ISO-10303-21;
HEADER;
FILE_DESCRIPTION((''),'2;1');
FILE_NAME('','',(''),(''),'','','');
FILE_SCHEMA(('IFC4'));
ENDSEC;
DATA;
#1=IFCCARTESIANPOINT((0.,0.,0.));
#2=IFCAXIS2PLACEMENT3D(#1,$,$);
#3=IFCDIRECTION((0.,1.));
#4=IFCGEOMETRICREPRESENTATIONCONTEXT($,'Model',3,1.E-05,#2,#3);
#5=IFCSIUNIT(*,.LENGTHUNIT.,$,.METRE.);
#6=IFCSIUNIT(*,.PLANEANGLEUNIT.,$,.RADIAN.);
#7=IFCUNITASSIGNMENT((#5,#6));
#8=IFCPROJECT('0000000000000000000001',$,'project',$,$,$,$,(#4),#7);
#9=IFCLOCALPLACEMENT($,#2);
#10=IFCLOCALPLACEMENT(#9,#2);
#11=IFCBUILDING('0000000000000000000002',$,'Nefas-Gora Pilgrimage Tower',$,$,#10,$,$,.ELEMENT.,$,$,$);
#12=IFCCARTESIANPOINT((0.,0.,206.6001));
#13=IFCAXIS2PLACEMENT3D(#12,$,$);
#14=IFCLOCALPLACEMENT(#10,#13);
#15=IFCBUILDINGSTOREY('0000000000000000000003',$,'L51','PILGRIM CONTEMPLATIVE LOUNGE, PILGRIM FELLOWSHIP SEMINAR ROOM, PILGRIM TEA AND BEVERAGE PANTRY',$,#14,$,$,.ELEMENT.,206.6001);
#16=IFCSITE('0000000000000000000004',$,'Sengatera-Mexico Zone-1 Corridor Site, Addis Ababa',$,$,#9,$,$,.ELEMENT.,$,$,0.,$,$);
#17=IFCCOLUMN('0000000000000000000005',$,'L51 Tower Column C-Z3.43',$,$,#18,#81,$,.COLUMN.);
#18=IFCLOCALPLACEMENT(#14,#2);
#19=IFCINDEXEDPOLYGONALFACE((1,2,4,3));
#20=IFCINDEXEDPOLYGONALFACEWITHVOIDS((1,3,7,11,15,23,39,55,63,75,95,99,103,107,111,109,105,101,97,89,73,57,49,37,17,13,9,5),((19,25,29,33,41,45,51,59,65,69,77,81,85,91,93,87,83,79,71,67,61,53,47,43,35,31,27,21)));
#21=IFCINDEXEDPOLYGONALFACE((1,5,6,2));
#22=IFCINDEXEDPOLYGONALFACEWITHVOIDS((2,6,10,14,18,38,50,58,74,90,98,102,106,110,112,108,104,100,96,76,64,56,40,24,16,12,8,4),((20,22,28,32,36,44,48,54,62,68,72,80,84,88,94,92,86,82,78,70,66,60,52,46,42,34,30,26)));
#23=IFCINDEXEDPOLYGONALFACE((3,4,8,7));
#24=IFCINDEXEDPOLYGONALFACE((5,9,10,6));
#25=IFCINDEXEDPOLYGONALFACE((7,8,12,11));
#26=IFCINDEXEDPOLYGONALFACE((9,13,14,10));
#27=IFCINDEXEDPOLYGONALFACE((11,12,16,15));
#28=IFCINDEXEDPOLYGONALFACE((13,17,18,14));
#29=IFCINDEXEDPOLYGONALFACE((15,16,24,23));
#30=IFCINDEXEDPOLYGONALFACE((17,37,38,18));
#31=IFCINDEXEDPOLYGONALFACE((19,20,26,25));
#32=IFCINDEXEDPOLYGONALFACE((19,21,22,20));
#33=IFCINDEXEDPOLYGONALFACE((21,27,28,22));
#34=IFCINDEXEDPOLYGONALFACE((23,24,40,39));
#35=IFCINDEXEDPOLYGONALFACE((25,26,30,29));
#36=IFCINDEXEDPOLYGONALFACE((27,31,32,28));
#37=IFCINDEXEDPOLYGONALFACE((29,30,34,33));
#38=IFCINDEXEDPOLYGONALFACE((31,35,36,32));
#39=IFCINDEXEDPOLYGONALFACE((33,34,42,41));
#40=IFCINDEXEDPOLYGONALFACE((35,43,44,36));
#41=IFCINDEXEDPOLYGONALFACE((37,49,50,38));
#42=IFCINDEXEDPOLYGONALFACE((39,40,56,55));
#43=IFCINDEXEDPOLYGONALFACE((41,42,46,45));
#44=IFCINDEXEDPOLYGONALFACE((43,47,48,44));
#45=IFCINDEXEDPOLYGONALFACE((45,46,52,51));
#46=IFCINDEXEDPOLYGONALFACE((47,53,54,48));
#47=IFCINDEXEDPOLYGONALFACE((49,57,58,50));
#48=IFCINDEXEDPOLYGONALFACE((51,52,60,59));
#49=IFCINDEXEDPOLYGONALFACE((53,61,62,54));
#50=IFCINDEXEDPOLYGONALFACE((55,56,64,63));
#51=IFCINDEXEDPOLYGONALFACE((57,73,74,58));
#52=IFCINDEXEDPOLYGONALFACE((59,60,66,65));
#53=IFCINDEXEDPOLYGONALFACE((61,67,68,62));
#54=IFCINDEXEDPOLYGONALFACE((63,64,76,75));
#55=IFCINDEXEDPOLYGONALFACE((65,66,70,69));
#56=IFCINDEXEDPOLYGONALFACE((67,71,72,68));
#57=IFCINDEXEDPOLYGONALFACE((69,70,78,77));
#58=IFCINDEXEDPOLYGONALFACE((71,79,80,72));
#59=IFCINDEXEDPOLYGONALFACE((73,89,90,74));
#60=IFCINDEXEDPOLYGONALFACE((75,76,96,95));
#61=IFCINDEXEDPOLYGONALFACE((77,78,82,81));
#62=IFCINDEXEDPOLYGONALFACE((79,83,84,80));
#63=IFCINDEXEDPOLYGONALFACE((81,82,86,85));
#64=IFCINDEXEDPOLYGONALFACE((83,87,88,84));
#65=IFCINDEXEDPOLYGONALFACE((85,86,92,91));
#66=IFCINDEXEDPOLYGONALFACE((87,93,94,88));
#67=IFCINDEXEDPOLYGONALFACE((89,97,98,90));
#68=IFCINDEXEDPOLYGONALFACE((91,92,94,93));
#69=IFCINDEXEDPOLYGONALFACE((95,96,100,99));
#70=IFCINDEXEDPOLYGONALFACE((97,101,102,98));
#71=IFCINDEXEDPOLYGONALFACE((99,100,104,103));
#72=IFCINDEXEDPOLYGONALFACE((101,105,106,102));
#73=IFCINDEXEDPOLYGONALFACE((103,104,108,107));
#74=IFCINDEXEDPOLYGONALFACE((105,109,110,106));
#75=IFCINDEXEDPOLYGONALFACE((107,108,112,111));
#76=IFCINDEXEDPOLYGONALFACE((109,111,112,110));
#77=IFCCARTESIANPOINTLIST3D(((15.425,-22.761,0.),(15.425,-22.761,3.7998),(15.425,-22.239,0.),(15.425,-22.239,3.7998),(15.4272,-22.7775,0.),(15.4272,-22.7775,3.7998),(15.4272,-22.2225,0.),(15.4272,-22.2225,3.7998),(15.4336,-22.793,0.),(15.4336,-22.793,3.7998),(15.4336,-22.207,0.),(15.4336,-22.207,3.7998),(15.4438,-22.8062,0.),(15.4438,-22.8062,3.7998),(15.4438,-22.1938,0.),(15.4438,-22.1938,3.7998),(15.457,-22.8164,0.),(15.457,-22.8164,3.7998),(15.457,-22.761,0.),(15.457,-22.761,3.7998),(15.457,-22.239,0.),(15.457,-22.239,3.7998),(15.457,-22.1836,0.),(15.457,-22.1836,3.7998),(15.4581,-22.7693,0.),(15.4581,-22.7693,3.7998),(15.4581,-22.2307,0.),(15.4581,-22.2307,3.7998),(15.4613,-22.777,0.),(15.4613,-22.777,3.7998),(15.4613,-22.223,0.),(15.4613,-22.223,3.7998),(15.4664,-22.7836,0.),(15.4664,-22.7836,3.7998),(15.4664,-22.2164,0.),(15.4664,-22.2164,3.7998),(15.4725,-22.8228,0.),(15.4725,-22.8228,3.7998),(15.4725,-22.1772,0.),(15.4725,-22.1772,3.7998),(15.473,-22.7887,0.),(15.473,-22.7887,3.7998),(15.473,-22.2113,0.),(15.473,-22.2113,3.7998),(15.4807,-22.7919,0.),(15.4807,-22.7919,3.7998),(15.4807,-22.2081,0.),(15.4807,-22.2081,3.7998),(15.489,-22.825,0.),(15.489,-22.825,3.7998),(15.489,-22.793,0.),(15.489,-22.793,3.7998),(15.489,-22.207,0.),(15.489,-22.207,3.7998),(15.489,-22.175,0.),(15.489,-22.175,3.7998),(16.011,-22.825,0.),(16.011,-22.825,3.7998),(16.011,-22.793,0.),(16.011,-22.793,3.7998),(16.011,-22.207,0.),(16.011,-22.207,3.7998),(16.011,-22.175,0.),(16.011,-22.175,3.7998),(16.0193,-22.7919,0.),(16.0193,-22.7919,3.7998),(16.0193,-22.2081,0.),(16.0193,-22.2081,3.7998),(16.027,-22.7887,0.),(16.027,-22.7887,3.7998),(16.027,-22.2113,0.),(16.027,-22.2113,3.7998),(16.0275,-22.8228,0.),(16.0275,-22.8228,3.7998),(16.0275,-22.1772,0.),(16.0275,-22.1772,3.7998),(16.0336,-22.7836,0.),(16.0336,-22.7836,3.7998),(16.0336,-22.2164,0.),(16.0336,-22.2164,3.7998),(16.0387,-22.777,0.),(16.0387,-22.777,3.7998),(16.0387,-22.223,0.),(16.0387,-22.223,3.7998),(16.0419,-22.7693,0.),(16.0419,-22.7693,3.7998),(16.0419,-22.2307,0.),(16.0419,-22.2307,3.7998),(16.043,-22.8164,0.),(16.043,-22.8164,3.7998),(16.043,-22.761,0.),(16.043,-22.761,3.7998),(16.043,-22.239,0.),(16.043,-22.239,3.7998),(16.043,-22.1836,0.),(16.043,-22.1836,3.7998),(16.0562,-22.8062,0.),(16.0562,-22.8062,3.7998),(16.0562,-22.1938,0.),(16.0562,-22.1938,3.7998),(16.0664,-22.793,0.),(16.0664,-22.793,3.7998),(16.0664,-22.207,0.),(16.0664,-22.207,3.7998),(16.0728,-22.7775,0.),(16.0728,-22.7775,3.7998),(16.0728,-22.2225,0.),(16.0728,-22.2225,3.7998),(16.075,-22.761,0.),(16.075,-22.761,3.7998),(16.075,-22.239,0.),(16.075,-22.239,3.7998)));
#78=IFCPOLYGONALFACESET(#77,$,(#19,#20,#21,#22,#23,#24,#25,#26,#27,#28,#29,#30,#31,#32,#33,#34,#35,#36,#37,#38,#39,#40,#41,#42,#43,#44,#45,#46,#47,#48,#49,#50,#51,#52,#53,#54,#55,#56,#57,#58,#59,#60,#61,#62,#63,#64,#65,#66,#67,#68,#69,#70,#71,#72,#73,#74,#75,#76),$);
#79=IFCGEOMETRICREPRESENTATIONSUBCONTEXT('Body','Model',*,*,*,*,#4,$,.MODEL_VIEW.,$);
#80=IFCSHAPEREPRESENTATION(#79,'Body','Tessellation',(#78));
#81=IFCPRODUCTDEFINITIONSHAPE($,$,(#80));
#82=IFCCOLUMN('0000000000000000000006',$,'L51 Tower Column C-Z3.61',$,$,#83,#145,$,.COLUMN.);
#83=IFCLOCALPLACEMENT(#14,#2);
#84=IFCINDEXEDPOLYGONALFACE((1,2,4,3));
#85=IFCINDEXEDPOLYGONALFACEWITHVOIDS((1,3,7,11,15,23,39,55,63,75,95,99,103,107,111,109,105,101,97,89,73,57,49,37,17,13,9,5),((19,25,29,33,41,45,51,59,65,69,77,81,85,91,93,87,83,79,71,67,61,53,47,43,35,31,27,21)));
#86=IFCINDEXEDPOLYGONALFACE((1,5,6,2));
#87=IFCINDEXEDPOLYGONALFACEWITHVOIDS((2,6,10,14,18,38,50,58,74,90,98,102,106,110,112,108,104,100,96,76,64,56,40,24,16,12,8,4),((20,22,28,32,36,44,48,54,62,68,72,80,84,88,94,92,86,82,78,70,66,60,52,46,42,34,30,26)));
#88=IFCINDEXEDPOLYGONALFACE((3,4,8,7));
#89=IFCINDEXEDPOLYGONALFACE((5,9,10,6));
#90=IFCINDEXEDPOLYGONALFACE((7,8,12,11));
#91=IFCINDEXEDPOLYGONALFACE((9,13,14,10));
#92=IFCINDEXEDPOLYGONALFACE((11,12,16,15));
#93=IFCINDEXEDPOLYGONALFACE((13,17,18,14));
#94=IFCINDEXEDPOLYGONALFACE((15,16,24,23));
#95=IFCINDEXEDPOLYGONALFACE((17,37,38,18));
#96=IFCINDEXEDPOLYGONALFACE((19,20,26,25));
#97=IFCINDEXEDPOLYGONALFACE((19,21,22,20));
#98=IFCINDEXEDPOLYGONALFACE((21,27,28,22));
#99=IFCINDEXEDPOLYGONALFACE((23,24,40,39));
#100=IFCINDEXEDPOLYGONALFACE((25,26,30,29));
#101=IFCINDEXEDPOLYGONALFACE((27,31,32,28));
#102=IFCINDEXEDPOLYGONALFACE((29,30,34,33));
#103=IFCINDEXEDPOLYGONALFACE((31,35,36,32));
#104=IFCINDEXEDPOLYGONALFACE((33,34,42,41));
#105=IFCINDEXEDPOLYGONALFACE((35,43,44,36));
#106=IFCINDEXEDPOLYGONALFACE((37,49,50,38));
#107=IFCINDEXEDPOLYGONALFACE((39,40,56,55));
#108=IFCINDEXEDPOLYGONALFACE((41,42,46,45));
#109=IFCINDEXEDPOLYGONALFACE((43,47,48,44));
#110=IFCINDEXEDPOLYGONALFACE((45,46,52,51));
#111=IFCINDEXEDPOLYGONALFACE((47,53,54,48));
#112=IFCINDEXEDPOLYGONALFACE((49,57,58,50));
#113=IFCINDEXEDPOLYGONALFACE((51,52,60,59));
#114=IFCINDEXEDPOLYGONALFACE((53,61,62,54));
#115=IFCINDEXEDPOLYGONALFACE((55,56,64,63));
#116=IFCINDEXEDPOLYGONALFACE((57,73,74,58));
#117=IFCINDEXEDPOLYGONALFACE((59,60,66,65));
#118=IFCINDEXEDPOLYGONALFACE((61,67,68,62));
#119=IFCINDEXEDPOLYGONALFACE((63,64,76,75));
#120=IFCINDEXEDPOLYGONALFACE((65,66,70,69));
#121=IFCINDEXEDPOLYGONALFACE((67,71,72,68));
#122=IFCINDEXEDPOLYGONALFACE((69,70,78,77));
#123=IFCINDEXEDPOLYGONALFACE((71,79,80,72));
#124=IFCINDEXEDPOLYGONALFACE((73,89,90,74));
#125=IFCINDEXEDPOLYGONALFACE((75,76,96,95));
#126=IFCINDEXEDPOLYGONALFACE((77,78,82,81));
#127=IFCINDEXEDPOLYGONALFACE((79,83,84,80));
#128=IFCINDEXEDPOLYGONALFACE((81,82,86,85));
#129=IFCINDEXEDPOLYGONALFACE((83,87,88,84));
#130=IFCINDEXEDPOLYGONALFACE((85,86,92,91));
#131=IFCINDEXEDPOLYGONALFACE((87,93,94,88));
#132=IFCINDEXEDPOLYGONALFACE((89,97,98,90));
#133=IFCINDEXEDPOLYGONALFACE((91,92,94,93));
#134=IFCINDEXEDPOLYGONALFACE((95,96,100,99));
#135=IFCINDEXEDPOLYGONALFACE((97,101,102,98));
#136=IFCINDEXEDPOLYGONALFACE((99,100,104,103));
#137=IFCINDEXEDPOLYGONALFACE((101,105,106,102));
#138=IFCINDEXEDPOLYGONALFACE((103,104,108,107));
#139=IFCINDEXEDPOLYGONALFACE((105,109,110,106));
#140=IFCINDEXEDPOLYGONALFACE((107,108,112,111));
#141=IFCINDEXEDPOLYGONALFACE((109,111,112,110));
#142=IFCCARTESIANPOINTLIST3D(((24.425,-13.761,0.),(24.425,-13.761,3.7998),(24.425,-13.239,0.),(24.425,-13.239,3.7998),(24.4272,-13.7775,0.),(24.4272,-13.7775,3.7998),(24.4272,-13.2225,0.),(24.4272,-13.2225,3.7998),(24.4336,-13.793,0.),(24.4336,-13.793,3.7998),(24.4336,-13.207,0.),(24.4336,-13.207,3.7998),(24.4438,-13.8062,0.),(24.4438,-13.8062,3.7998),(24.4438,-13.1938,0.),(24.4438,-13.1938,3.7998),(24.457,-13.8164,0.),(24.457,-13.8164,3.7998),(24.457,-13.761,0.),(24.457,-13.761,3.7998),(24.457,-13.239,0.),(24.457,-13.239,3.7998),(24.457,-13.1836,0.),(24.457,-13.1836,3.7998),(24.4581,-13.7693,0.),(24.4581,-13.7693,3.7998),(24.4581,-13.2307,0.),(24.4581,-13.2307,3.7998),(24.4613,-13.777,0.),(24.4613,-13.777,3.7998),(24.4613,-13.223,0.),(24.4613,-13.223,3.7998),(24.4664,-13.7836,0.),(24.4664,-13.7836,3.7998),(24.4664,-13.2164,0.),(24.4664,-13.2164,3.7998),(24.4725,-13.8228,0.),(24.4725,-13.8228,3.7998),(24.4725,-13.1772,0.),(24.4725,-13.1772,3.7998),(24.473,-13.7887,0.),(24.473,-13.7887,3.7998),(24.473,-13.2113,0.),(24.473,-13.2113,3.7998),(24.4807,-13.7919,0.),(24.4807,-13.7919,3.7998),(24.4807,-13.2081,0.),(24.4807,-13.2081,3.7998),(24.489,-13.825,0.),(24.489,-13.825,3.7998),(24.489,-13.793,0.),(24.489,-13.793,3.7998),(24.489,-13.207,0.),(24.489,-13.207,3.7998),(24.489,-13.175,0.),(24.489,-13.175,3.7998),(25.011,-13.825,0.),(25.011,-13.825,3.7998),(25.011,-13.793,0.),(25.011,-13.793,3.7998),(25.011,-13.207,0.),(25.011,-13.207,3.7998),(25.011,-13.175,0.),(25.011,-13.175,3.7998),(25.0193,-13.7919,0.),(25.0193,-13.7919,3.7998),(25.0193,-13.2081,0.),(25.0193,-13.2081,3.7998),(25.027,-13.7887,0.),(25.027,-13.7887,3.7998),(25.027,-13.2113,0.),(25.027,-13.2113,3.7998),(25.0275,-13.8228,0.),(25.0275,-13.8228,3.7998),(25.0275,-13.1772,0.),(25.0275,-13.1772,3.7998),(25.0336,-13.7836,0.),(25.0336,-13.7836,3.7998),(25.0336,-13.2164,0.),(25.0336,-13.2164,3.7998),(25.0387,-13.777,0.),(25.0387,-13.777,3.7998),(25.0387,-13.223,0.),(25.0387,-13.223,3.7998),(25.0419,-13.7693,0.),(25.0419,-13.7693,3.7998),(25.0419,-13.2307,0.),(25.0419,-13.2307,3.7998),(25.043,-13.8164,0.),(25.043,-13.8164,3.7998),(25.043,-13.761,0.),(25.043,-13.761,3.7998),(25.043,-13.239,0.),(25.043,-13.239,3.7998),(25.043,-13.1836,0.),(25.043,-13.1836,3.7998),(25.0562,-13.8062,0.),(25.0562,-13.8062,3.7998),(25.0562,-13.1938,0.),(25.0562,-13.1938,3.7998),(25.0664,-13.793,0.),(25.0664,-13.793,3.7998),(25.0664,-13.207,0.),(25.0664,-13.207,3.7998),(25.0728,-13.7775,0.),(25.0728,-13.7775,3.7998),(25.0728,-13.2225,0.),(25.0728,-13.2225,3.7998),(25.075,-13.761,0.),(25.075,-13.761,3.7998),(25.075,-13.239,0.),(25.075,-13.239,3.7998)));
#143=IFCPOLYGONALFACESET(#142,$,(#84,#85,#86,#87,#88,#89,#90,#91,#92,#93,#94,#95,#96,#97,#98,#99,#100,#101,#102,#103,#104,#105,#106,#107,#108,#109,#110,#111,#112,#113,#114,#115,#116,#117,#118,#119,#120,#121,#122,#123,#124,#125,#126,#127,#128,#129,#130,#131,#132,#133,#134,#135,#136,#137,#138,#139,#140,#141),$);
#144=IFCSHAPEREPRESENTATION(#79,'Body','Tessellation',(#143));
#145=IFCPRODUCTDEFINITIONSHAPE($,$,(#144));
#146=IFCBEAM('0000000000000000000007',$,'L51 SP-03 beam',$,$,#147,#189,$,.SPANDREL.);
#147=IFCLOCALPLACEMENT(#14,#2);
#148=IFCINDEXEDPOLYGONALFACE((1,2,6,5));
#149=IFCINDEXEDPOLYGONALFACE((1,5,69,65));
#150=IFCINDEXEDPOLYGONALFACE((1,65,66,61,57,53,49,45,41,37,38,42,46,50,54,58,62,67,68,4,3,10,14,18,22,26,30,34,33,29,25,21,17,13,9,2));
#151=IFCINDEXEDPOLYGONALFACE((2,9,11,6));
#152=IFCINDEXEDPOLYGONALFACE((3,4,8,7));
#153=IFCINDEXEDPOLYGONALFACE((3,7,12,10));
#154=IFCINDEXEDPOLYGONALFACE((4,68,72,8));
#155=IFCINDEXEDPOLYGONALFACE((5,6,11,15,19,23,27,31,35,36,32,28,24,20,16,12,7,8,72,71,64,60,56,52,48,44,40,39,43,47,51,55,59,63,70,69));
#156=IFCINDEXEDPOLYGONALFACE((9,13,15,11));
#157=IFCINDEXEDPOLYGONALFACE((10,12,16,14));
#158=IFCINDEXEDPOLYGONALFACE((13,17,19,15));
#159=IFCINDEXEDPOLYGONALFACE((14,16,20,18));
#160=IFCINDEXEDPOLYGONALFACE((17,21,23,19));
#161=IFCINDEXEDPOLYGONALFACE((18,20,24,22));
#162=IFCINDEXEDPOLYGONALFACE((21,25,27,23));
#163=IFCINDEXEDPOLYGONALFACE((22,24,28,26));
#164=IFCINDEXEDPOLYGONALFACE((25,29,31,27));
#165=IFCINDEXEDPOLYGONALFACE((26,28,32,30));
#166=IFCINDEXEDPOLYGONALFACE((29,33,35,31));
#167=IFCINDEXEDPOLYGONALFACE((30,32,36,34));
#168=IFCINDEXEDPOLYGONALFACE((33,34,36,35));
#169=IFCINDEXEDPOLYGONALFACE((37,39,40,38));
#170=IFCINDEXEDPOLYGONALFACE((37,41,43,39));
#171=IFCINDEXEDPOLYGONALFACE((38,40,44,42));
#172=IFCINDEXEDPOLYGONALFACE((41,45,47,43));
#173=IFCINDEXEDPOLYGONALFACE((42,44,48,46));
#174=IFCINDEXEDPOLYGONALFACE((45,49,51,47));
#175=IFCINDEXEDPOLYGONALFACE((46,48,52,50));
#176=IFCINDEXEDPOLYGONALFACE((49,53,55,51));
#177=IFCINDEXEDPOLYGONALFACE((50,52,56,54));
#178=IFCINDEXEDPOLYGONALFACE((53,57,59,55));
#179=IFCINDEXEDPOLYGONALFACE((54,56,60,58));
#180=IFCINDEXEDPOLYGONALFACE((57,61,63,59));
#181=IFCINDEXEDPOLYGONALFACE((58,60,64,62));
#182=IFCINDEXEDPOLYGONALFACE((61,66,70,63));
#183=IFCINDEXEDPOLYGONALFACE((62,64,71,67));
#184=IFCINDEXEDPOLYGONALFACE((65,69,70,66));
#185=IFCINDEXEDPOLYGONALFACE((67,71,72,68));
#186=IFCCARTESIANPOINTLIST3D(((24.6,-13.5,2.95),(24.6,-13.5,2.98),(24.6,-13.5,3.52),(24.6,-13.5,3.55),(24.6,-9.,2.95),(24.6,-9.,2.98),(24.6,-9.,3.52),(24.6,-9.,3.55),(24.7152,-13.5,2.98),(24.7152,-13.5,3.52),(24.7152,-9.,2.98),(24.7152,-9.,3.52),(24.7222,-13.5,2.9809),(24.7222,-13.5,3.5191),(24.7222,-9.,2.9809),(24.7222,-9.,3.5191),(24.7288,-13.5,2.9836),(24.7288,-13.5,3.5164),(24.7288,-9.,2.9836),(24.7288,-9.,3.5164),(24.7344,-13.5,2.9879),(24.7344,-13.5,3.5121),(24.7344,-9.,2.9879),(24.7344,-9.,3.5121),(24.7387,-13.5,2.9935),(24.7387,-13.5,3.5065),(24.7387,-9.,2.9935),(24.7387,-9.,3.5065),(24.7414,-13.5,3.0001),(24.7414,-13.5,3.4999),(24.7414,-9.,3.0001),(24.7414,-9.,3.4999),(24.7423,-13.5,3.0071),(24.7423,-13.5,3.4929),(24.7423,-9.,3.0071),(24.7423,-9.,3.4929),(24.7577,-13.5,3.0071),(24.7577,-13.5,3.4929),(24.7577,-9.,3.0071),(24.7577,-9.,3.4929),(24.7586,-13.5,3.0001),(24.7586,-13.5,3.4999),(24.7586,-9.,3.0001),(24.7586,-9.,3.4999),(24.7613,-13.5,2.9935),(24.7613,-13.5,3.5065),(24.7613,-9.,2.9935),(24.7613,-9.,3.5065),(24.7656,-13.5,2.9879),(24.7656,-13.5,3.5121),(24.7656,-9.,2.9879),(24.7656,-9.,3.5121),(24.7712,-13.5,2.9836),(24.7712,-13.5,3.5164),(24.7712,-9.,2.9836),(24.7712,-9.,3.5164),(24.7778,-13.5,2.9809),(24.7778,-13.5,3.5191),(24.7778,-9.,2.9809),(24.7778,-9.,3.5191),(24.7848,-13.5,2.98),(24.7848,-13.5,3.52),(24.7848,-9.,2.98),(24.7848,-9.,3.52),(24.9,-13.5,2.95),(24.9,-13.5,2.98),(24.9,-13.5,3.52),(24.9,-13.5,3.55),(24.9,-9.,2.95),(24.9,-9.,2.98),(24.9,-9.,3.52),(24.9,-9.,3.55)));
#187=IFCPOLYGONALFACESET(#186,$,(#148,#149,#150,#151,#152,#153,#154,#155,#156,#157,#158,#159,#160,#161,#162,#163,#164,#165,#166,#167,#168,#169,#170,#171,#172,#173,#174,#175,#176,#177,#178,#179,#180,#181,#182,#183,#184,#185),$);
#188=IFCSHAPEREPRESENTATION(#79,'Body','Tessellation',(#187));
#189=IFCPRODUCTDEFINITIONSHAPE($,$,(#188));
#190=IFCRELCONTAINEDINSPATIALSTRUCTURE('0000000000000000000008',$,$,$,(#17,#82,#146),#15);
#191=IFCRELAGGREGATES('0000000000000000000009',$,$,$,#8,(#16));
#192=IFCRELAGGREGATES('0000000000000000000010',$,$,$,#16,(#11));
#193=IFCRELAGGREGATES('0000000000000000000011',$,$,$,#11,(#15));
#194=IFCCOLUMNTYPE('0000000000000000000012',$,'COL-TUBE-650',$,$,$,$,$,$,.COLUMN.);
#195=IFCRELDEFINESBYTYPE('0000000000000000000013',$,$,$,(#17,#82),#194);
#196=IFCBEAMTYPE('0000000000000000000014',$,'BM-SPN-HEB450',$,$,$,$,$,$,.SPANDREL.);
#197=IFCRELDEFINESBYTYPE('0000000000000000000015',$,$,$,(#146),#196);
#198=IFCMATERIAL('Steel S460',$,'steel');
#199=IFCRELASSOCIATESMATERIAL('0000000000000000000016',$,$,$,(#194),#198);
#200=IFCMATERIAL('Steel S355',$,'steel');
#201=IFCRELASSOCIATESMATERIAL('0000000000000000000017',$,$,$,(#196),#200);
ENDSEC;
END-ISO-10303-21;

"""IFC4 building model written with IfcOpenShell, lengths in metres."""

from ifc_helpers import new_model, si_unit, direction, frame, origin, origin_2d, place, context, subcontext, project, spatial, hollow_rectangle, i_section, extrude, source, transform, mapped, material, material_profile, profile_set, type_object, element, save


model = new_model("IFC4")

# Units and contexts
model_context = context("Model", 3, precision=1e-05, world=origin(), true_north=direction((0.0, 1.0)))
body_context = subcontext(model_context, "Body", "Model", "MODEL_VIEW")
ifc_project = project(units=[si_unit("LENGTHUNIT", "METRE"), si_unit("PLANEANGLEUNIT", "RADIAN")], contexts=[model_context])

# Site, building, storey
site_placement = place(None, origin())
site = spatial("IfcSite", under=ifc_project, at=site_placement, Name="Sengatera-Mexico Zone-1 Corridor Site, Addis Ababa", CompositionType="ELEMENT", RefElevation=0.0)
building_placement = place(site_placement, origin())
building = spatial("IfcBuilding", under=site, at=building_placement, Name="Nefas-Gora Pilgrimage Tower", CompositionType="ELEMENT")
storey_placement = place(building_placement, frame((0.0, 0.0, 206.6001)))
storey = spatial("IfcBuildingStorey", under=building, at=storey_placement, Name="L51", Description="PILGRIM CONTEMPLATIVE LOUNGE, PILGRIM FELLOWSHIP SEMINAR ROOM, PILGRIM TEA AND BEVERAGE PANTRY", CompositionType="ELEMENT", Elevation=206.6001)

# Columns
ifc_material_1 = material(Name="Steel S460", Category="steel")
ifc_material_profile_1 = material_profile(ifc_material_1, hollow_rectangle(XDim=0.6499, YDim=0.6499, WallThickness=0.032, InnerFilletRadius=0.032, OuterFilletRadius=0.064, at=origin_2d()), Name="BOX 650x650x32")
ifc_profile_set_1 = profile_set([ifc_material_profile_1], Name="Steel S460")
column_type_1 = type_object("IfcColumnType", Name="COL-TUBE-650", PredefinedType="COLUMN", material=ifc_profile_set_1)
shared_shape_1 = source(origin(), body_context, "Body", "SweptSolid", [
    extrude(hollow_rectangle(XDim=0.6499, YDim=0.6499, WallThickness=0.032, InnerFilletRadius=0.032, OuterFilletRadius=0.064, at=origin_2d()), origin(), (0.0, 0.0, 1.0), 3.7998),
])
for number, where, z_axis, x_axis, name in (
    (1, (15.75, -22.5, 0.0), (0.0, 0.0, 1.0), (1.0, 0.0, 0.0), "L51 Tower Column C-Z3.43"),
    (2, (24.75, -13.5, 0.0), (0.0, 0.0, 1.0), (1.0, 0.0, 0.0), "L51 Tower Column C-Z3.61"),
):
    element("IfcColumn", number, at=place(storey_placement, frame(where, z_axis=z_axis, x_axis=x_axis)), inside=storey, type_object=column_type_1, Name=name, PredefinedType="COLUMN", context=body_context, shape_type="MappedRepresentation", body=[
        mapped(shared_shape_1, transform((0.0, 0.0, 0.0), x_axis=(1.0, 0.0, 0.0), y_axis=(0.0, 1.0, 0.0), z_axis=(0.0, 0.0, 1.0), scale=1.0)),
    ])

# Beam
ifc_material_2 = material(Name="Steel S355", Category="steel")
ifc_material_profile_2 = material_profile(ifc_material_2, i_section(OverallWidth=0.3, OverallDepth=0.6001, WebThickness=0.0154, FlangeThickness=0.03, FilletRadius=0.0271, at=origin_2d()), Name="HEB 600")
ifc_profile_set_2 = profile_set([ifc_material_profile_2], Name="Steel S355")
beam_type_1 = type_object("IfcBeamType", Name="BM-SPN-HEB450", PredefinedType="SPANDREL", material=ifc_profile_set_2)
shared_shape_2 = source(origin(), body_context, "Body", "SweptSolid", [
    extrude(i_section(OverallWidth=0.3, OverallDepth=0.6001, WebThickness=0.0154, FlangeThickness=0.03, FilletRadius=0.0271, at=origin_2d()), origin(), (0.0, 0.0, 1.0), 4.5),
])
beam_1_placement = place(storey_placement, frame((24.75, -13.5, 3.25), z_axis=(0.0, 1.0, 0.0), x_axis=(-1.0, 0.0, 0.0)))
element("IfcBeam", 3, at=beam_1_placement, inside=storey, type_object=beam_type_1, Name="L51 SP-03 beam", PredefinedType="SPANDREL", context=body_context, shape_type="MappedRepresentation", body=[
    mapped(shared_shape_2, transform((0.0, 0.0, 0.0), x_axis=(1.0, 0.0, 0.0), y_axis=(0.0, 1.0, 0.0), z_axis=(0.0, 0.0, 1.0), scale=1.0)),
])

save(model, "model.ifc")
